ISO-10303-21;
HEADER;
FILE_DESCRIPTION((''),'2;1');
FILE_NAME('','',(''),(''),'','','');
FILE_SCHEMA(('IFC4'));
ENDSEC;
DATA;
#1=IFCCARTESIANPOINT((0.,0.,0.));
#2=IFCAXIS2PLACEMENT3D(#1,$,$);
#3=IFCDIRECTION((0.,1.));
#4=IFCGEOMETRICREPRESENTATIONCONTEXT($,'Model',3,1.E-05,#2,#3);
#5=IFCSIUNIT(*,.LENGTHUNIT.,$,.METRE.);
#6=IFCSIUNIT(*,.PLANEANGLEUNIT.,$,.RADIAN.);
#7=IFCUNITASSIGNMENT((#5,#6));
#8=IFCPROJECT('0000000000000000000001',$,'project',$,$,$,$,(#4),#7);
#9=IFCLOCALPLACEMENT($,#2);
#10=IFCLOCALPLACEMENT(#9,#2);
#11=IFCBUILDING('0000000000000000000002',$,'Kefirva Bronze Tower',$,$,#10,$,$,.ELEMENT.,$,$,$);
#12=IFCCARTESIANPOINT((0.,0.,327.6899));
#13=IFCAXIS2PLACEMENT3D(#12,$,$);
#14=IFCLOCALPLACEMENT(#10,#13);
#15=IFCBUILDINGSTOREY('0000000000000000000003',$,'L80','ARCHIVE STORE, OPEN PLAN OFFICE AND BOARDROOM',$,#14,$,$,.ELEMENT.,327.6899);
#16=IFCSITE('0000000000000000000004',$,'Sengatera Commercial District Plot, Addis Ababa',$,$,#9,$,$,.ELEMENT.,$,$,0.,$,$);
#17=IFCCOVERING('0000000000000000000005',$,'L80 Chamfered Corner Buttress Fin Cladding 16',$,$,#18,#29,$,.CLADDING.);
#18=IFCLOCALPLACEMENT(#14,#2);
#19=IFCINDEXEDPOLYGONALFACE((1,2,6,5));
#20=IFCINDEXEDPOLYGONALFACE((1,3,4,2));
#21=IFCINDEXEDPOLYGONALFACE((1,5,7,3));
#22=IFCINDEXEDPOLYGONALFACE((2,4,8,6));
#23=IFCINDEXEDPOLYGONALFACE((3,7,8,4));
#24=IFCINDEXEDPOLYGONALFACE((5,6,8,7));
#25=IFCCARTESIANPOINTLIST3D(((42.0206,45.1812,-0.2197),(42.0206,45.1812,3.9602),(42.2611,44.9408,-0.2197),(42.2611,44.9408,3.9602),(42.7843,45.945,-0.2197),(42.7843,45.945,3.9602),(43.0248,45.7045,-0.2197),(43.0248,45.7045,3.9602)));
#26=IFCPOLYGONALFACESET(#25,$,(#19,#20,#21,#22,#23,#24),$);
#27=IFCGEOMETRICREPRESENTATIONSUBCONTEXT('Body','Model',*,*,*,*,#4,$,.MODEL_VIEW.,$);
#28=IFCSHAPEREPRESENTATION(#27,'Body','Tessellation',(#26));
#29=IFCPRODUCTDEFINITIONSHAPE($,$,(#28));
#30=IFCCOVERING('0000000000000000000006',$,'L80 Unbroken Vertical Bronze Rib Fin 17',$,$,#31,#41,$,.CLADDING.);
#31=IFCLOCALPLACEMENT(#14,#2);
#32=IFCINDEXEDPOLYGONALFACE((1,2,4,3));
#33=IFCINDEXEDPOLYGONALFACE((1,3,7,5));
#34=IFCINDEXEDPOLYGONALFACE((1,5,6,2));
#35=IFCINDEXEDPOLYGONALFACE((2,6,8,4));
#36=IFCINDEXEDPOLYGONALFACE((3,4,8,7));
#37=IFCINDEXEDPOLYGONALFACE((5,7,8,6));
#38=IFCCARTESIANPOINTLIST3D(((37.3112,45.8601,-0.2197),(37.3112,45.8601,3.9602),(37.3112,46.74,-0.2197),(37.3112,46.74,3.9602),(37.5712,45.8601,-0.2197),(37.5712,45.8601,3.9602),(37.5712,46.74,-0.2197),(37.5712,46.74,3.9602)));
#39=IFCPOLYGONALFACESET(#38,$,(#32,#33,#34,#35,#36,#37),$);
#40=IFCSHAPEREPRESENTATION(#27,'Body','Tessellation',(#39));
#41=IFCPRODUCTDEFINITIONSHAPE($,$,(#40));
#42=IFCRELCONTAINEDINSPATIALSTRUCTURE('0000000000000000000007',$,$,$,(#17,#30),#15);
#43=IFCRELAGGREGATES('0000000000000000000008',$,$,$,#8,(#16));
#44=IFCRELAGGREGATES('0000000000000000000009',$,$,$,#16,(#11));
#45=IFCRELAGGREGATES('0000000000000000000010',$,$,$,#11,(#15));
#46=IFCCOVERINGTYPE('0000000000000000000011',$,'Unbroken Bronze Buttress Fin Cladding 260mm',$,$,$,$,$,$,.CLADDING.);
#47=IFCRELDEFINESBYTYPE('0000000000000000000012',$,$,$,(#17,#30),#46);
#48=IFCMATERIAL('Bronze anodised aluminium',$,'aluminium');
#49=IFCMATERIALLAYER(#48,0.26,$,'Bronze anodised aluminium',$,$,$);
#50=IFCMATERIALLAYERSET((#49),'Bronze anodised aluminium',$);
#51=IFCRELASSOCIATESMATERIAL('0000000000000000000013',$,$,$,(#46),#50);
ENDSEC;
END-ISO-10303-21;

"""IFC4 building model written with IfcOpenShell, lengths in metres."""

from ifc_helpers import new_model, si_unit, direction, frame, origin, origin_2d, place, context, subcontext, project, spatial, rectangle, extrude, material, layer, layer_set, type_object, element, save


model = new_model("IFC4")

# Units and contexts
model_context = context("Model", 3, precision=1e-05, world=origin(), true_north=direction((0.0, 1.0)))
body_context = subcontext(model_context, "Body", "Model", "MODEL_VIEW")
ifc_project = project(units=[si_unit("LENGTHUNIT", "METRE"), si_unit("PLANEANGLEUNIT", "RADIAN")], contexts=[model_context])

# Site, building, storey
site_placement = place(None, origin())
site = spatial("IfcSite", under=ifc_project, at=site_placement, Name="Sengatera Commercial District Plot, Addis Ababa", CompositionType="ELEMENT", RefElevation=0.0)
building_placement = place(site_placement, origin())
building = spatial("IfcBuilding", under=site, at=building_placement, Name="Kefirva Bronze Tower", CompositionType="ELEMENT")
storey_placement = place(building_placement, frame((0.0, 0.0, 327.6899)))
storey = spatial("IfcBuildingStorey", under=building, at=storey_placement, Name="L80", Description="ARCHIVE STORE, OPEN PLAN OFFICE AND BOARDROOM", CompositionType="ELEMENT", Elevation=327.6899)

# Shared definitions
ifc_material_1 = material(Name="Bronze anodised aluminium", Category="aluminium")

# Coverings
ifc_layer_1 = layer(ifc_material_1, 0.26, Name="Bronze anodised aluminium")
ifc_layer_set_1 = layer_set([ifc_layer_1], Name="Bronze anodised aluminium")
covering_type_1 = type_object("IfcCoveringType", Name="Unbroken Bronze Buttress Fin Cladding 260mm", PredefinedType="CLADDING", material=ifc_layer_set_1)
for number, where, z_axis, x_axis, name in (
    (1, (42.5227, 45.4429, -0.2197), (0.0, 0.0, 1.0), (-0.707107, 0.707107, 0.0), "L80 Chamfered Corner Buttress Fin Cladding 16"),
):
    element("IfcCovering", number, at=place(storey_placement, frame(where, z_axis=z_axis, x_axis=x_axis)), inside=storey, type_object=covering_type_1, Name=name, PredefinedType="CLADDING", context=body_context, shape_type="SweptSolid", body=[
        extrude(rectangle(XDim=0.3401, YDim=1.0801, at=origin_2d()), origin(), (0.0, 0.0, 1.0), 4.1799),
    ])
covering_1_placement = place(storey_placement, frame((37.4412, 46.3, -0.2197), z_axis=(0.0, 0.0, 1.0), x_axis=(-1.0, 0.0, 0.0)))
element("IfcCovering", 2, at=covering_1_placement, inside=storey, type_object=covering_type_1, Name="L80 Unbroken Vertical Bronze Rib Fin 17", PredefinedType="CLADDING", context=body_context, shape_type="SweptSolid", body=[
    extrude(rectangle(XDim=0.26, YDim=0.8799, at=origin_2d()), origin(), (0.0, 0.0, 1.0), 4.1799),
])

save(model, "model.ifc")
